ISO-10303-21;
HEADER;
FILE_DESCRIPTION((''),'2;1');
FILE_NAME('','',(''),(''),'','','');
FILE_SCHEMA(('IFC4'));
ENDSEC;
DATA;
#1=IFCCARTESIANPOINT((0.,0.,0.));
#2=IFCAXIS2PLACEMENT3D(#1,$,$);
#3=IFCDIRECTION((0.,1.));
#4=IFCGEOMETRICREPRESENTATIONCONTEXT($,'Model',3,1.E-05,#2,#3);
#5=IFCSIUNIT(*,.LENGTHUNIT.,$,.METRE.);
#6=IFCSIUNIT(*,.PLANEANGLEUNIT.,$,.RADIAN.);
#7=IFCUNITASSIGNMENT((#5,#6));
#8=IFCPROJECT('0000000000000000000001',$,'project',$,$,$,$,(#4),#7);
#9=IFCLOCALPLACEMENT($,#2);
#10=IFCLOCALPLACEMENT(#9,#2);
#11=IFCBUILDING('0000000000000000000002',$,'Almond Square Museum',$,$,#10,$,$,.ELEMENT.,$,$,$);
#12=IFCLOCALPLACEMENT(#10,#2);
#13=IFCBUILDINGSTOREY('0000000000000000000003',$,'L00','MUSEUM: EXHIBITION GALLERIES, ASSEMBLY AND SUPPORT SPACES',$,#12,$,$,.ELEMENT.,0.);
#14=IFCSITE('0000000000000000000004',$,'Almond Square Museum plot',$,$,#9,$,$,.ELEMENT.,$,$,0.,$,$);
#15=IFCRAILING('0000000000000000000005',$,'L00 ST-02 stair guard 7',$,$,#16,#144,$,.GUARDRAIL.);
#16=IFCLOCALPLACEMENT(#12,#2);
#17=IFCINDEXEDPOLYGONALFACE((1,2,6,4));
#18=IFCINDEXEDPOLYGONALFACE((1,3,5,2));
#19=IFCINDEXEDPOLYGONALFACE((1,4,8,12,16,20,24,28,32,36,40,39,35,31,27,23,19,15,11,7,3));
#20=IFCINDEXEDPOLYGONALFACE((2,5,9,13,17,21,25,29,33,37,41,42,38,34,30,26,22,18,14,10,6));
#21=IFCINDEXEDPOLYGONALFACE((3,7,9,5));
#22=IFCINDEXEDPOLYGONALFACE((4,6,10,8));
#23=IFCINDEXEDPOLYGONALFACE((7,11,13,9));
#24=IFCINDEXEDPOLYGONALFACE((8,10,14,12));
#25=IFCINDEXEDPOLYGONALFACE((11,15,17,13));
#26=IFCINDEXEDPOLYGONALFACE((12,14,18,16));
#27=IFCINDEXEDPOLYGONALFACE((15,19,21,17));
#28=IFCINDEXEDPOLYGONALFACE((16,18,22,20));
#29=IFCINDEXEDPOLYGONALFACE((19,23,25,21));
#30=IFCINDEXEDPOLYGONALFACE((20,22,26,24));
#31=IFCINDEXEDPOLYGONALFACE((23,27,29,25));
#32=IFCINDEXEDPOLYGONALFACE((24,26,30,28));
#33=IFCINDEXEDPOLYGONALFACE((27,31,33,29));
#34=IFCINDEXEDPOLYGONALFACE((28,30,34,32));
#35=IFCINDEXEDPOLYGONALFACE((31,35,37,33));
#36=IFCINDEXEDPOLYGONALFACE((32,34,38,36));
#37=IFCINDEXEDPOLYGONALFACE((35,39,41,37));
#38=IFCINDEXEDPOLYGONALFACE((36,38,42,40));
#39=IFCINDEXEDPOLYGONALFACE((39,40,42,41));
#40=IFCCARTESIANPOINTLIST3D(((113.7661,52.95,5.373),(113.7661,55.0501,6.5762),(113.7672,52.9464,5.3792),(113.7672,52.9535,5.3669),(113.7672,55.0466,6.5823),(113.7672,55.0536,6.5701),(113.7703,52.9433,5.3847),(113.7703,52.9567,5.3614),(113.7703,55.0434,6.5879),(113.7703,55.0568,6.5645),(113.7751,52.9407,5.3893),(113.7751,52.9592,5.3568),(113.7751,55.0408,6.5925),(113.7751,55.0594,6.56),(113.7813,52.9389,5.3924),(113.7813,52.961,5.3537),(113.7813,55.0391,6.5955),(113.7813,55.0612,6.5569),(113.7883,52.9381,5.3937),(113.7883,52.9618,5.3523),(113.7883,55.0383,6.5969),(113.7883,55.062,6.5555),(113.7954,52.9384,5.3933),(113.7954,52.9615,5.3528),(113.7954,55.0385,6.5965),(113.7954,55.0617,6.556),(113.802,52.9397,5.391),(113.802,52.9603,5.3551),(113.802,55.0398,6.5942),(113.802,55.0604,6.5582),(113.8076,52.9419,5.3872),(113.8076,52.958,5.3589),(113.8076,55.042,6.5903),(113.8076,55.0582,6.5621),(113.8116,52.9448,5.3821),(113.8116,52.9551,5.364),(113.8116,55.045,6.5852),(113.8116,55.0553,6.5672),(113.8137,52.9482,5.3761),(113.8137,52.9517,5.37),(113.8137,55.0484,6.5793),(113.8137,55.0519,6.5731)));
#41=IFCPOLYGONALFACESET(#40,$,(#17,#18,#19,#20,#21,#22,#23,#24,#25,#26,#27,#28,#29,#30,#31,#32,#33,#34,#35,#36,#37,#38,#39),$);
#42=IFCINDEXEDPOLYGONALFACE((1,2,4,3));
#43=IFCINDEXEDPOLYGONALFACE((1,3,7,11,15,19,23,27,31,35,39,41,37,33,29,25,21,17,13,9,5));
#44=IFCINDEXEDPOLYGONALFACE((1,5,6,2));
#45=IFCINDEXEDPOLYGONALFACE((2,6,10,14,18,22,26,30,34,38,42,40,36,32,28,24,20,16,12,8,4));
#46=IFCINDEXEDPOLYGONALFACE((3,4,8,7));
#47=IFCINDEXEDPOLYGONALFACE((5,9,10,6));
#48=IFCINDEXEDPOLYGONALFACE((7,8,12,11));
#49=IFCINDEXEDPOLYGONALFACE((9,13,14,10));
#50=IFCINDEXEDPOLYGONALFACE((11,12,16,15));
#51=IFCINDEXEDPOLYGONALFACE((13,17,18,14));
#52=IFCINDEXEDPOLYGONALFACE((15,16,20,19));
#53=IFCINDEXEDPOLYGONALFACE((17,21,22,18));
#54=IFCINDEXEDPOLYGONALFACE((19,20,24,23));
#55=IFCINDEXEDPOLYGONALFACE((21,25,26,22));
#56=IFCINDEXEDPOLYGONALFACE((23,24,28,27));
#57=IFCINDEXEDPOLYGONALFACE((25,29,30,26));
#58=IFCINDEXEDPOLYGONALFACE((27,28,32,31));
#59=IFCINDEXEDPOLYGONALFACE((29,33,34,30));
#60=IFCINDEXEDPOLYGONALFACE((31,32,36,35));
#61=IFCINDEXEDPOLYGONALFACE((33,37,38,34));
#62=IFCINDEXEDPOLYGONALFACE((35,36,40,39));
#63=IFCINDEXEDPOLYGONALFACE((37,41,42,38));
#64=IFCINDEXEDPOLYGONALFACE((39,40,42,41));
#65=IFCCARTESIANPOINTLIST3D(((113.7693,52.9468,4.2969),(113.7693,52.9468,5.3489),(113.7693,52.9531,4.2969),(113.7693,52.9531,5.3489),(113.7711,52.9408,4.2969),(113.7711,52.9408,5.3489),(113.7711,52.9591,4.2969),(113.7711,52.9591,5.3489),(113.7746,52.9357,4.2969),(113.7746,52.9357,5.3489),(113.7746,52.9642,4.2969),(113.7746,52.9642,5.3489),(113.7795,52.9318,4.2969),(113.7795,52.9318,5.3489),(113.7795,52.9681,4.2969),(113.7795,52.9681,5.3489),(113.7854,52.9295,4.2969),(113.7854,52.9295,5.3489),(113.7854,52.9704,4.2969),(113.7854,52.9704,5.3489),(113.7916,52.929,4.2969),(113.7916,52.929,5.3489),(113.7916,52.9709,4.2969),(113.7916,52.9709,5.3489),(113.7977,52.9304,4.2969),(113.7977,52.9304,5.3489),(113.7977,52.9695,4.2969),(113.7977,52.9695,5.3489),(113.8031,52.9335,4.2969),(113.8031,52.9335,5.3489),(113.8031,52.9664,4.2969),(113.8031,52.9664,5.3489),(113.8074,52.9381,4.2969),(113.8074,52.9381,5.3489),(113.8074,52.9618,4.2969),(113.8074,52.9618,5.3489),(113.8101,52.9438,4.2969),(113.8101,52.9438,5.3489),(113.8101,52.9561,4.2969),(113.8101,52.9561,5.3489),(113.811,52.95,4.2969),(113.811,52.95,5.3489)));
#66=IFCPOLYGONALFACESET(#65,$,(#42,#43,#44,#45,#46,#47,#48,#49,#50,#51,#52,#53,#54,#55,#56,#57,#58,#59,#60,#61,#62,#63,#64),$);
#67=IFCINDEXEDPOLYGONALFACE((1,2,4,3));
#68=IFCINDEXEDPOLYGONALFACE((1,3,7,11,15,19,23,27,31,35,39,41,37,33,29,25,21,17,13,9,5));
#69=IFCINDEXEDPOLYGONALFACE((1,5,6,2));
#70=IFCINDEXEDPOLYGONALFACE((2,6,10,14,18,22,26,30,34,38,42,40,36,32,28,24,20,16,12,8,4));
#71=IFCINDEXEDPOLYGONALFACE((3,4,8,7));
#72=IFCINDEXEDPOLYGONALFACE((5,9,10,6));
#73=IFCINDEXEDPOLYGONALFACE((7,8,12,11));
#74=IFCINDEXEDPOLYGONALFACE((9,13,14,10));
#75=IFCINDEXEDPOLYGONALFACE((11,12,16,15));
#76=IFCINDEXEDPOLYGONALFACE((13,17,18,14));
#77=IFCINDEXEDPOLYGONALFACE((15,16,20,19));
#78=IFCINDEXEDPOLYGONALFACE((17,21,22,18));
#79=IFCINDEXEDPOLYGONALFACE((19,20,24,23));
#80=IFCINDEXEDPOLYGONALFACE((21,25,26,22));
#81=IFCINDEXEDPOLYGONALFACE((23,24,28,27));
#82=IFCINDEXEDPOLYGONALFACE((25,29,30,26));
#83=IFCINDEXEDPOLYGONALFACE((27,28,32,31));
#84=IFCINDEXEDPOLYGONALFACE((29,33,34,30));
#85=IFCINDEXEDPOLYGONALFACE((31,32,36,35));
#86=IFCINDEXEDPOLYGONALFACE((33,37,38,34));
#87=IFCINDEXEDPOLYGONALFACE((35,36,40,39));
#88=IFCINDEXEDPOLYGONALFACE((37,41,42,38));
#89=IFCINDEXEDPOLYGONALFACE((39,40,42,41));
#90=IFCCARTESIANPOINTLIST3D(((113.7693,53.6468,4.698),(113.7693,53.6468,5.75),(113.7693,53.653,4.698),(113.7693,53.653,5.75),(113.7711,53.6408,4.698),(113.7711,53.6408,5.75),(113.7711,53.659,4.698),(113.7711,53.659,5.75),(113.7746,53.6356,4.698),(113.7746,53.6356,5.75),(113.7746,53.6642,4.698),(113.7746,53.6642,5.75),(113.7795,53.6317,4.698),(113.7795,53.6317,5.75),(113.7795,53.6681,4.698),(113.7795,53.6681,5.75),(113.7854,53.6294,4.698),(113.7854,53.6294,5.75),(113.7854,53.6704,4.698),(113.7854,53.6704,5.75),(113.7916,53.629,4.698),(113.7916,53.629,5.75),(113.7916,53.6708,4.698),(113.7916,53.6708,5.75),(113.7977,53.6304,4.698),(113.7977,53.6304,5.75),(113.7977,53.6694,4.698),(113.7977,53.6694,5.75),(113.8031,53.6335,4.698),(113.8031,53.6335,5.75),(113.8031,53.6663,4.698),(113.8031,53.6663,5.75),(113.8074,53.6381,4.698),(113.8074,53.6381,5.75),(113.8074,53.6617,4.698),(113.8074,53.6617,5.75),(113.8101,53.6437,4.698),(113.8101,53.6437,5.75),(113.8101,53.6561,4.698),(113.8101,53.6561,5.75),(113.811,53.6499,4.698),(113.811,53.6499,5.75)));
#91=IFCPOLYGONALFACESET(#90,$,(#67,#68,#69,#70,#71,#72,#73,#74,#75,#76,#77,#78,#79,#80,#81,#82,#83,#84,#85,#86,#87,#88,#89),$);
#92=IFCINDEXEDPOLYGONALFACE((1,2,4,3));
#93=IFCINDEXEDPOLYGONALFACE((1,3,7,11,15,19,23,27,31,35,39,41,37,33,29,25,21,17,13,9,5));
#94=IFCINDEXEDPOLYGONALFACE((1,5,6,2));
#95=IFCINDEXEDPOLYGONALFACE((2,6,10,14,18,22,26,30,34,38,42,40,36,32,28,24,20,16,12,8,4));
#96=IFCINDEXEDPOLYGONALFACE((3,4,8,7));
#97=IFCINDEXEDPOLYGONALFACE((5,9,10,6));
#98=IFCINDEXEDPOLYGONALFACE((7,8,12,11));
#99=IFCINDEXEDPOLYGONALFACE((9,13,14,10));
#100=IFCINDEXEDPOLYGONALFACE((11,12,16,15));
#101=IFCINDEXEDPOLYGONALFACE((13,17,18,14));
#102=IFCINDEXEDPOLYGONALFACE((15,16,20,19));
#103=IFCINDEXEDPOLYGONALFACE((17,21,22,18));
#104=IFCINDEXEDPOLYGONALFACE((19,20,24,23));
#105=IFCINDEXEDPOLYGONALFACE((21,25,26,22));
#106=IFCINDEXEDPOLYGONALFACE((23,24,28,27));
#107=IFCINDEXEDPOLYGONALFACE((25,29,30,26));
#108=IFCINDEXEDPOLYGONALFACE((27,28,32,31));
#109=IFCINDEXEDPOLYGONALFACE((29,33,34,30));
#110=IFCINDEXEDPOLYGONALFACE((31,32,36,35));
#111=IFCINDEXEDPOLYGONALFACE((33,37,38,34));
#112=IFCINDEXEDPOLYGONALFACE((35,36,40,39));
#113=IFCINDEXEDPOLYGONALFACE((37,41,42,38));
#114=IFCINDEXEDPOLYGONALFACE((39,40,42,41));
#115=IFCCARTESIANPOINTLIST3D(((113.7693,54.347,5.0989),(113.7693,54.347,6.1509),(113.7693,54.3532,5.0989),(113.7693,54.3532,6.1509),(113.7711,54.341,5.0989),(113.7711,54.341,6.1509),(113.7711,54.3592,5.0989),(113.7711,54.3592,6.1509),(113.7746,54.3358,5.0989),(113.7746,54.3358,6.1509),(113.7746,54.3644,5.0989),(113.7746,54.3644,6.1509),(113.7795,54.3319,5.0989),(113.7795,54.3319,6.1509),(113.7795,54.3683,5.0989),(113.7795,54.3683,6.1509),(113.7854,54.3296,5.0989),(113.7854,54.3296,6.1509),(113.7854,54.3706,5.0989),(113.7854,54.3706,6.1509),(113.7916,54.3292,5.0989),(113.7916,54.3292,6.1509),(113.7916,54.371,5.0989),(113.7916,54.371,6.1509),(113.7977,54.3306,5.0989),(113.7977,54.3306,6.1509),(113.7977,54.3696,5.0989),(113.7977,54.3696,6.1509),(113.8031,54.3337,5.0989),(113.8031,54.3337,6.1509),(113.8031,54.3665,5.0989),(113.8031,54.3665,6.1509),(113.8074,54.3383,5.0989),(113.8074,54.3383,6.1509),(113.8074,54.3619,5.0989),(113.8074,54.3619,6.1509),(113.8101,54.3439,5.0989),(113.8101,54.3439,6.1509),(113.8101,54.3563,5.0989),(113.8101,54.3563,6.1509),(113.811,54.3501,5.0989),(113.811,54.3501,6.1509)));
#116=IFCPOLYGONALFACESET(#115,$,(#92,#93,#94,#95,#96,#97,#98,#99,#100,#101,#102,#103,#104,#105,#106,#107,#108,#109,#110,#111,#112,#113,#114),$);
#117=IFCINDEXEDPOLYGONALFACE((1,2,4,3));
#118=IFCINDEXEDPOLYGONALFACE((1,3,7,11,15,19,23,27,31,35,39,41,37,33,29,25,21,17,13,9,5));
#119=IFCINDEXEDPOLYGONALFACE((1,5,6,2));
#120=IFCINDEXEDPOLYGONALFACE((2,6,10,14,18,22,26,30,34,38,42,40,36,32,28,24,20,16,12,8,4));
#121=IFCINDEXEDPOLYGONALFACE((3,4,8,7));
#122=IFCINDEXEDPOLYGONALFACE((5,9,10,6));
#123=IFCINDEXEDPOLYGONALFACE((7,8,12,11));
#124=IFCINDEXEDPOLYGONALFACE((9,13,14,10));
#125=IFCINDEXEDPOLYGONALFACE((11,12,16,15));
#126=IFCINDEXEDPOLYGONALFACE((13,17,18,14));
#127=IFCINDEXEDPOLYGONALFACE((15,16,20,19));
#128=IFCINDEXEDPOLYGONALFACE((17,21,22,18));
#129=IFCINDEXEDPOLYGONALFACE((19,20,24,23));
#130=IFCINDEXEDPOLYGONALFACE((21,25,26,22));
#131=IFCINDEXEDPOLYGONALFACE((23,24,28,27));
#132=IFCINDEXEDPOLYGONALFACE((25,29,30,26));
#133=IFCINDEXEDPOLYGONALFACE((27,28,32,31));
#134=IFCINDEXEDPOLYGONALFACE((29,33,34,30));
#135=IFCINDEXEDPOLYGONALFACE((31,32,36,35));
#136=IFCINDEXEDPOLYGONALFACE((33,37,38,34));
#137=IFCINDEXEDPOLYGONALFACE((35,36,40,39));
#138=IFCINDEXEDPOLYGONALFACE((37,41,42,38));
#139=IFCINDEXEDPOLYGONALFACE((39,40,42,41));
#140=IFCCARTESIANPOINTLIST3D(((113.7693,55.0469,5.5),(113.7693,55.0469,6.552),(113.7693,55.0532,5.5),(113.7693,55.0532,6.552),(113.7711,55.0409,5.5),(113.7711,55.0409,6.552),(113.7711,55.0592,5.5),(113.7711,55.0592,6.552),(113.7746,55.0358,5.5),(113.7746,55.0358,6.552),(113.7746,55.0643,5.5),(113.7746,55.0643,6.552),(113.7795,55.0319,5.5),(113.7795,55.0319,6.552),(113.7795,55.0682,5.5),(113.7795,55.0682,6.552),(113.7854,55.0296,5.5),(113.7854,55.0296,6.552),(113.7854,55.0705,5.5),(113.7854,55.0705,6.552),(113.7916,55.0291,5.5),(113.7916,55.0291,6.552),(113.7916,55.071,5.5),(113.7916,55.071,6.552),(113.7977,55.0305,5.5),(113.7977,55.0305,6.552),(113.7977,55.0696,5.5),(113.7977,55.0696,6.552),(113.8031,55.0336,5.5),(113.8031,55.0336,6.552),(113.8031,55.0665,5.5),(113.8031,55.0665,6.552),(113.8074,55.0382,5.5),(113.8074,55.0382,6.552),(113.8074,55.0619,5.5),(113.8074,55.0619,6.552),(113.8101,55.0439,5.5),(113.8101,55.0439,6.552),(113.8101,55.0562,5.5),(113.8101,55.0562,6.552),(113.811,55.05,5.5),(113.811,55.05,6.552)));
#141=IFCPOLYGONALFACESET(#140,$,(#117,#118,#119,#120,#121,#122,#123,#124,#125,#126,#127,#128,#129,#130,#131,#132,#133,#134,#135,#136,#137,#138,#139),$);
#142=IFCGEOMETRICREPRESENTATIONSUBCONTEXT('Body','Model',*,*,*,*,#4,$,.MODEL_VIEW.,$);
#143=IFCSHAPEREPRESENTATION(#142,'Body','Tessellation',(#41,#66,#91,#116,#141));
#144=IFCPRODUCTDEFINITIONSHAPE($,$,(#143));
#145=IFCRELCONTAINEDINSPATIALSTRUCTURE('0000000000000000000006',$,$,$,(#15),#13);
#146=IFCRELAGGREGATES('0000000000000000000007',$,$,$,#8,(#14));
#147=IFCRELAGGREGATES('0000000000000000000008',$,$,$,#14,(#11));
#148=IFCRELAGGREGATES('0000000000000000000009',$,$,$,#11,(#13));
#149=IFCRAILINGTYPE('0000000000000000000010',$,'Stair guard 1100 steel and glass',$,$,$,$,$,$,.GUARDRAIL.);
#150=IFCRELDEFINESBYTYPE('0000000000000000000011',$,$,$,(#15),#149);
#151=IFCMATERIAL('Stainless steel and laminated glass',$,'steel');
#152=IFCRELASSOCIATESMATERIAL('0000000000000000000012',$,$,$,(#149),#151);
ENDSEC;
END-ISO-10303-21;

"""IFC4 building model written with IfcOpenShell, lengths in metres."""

from ifc_helpers import new_model, si_unit, direction, frame, origin, origin_2d, place, context, subcontext, project, spatial, circle, extrude, material, type_object, element, save


model = new_model("IFC4")

# Units and contexts
model_context = context("Model", 3, precision=1e-05, world=origin(), true_north=direction((0.0, 1.0)))
body_context = subcontext(model_context, "Body", "Model", "MODEL_VIEW")
ifc_project = project(units=[si_unit("LENGTHUNIT", "METRE"), si_unit("PLANEANGLEUNIT", "RADIAN")], contexts=[model_context])

# Site, building, storey
site_placement = place(None, origin())
site = spatial("IfcSite", under=ifc_project, at=site_placement, Name="Almond Square Museum plot", CompositionType="ELEMENT", RefElevation=0.0)
building_placement = place(site_placement, origin())
building = spatial("IfcBuilding", under=site, at=building_placement, Name="Almond Square Museum", CompositionType="ELEMENT")
storey_placement = place(building_placement, origin())
storey = spatial("IfcBuildingStorey", under=building, at=storey_placement, Name="L00", Description="MUSEUM: EXHIBITION GALLERIES, ASSEMBLY AND SUPPORT SPACES", CompositionType="ELEMENT", Elevation=0.0)

# Railing
ifc_material_1 = material(Name="Stainless steel and laminated glass", Category="steel")
railing_type_1 = type_object("IfcRailingType", Name="Stair guard 1100 steel and glass", PredefinedType="GUARDRAIL", material=ifc_material_1)
railing_1_placement = place(storey_placement, frame((113.79, 52.95, 4.2969)))
element("IfcRailing", 1, at=railing_1_placement, inside=storey, type_object=railing_type_1, Name="L00 ST-02 stair guard 7", PredefinedType="GUARDRAIL", context=body_context, shape_type="SweptSolid", body=[
    extrude(circle(Radius=0.0239, at=origin_2d()), frame((0.0, 0.0, 1.0762), z_axis=(0.0, 0.867696, 0.497095), x_axis=(-1.0, 0.0, 0.0)), (0.0, 0.0, 1.0), 2.4204),
    extrude(circle(Radius=0.021, at=origin_2d()), origin(), (0.0, 0.0, 1.0), 1.052),
    extrude(circle(Radius=0.021, at=origin_2d()), frame((0.0, 0.7, 0.4011)), (0.0, 0.0, 1.0), 1.052),
    extrude(circle(Radius=0.021, at=origin_2d()), frame((0.0, 1.4001, 0.802)), (0.0, 0.0, 1.0), 1.052),
    extrude(circle(Radius=0.021, at=origin_2d()), frame((0.0, 2.1001, 1.2031)), (0.0, 0.0, 1.0), 1.052),
])

save(model, "model.ifc")
